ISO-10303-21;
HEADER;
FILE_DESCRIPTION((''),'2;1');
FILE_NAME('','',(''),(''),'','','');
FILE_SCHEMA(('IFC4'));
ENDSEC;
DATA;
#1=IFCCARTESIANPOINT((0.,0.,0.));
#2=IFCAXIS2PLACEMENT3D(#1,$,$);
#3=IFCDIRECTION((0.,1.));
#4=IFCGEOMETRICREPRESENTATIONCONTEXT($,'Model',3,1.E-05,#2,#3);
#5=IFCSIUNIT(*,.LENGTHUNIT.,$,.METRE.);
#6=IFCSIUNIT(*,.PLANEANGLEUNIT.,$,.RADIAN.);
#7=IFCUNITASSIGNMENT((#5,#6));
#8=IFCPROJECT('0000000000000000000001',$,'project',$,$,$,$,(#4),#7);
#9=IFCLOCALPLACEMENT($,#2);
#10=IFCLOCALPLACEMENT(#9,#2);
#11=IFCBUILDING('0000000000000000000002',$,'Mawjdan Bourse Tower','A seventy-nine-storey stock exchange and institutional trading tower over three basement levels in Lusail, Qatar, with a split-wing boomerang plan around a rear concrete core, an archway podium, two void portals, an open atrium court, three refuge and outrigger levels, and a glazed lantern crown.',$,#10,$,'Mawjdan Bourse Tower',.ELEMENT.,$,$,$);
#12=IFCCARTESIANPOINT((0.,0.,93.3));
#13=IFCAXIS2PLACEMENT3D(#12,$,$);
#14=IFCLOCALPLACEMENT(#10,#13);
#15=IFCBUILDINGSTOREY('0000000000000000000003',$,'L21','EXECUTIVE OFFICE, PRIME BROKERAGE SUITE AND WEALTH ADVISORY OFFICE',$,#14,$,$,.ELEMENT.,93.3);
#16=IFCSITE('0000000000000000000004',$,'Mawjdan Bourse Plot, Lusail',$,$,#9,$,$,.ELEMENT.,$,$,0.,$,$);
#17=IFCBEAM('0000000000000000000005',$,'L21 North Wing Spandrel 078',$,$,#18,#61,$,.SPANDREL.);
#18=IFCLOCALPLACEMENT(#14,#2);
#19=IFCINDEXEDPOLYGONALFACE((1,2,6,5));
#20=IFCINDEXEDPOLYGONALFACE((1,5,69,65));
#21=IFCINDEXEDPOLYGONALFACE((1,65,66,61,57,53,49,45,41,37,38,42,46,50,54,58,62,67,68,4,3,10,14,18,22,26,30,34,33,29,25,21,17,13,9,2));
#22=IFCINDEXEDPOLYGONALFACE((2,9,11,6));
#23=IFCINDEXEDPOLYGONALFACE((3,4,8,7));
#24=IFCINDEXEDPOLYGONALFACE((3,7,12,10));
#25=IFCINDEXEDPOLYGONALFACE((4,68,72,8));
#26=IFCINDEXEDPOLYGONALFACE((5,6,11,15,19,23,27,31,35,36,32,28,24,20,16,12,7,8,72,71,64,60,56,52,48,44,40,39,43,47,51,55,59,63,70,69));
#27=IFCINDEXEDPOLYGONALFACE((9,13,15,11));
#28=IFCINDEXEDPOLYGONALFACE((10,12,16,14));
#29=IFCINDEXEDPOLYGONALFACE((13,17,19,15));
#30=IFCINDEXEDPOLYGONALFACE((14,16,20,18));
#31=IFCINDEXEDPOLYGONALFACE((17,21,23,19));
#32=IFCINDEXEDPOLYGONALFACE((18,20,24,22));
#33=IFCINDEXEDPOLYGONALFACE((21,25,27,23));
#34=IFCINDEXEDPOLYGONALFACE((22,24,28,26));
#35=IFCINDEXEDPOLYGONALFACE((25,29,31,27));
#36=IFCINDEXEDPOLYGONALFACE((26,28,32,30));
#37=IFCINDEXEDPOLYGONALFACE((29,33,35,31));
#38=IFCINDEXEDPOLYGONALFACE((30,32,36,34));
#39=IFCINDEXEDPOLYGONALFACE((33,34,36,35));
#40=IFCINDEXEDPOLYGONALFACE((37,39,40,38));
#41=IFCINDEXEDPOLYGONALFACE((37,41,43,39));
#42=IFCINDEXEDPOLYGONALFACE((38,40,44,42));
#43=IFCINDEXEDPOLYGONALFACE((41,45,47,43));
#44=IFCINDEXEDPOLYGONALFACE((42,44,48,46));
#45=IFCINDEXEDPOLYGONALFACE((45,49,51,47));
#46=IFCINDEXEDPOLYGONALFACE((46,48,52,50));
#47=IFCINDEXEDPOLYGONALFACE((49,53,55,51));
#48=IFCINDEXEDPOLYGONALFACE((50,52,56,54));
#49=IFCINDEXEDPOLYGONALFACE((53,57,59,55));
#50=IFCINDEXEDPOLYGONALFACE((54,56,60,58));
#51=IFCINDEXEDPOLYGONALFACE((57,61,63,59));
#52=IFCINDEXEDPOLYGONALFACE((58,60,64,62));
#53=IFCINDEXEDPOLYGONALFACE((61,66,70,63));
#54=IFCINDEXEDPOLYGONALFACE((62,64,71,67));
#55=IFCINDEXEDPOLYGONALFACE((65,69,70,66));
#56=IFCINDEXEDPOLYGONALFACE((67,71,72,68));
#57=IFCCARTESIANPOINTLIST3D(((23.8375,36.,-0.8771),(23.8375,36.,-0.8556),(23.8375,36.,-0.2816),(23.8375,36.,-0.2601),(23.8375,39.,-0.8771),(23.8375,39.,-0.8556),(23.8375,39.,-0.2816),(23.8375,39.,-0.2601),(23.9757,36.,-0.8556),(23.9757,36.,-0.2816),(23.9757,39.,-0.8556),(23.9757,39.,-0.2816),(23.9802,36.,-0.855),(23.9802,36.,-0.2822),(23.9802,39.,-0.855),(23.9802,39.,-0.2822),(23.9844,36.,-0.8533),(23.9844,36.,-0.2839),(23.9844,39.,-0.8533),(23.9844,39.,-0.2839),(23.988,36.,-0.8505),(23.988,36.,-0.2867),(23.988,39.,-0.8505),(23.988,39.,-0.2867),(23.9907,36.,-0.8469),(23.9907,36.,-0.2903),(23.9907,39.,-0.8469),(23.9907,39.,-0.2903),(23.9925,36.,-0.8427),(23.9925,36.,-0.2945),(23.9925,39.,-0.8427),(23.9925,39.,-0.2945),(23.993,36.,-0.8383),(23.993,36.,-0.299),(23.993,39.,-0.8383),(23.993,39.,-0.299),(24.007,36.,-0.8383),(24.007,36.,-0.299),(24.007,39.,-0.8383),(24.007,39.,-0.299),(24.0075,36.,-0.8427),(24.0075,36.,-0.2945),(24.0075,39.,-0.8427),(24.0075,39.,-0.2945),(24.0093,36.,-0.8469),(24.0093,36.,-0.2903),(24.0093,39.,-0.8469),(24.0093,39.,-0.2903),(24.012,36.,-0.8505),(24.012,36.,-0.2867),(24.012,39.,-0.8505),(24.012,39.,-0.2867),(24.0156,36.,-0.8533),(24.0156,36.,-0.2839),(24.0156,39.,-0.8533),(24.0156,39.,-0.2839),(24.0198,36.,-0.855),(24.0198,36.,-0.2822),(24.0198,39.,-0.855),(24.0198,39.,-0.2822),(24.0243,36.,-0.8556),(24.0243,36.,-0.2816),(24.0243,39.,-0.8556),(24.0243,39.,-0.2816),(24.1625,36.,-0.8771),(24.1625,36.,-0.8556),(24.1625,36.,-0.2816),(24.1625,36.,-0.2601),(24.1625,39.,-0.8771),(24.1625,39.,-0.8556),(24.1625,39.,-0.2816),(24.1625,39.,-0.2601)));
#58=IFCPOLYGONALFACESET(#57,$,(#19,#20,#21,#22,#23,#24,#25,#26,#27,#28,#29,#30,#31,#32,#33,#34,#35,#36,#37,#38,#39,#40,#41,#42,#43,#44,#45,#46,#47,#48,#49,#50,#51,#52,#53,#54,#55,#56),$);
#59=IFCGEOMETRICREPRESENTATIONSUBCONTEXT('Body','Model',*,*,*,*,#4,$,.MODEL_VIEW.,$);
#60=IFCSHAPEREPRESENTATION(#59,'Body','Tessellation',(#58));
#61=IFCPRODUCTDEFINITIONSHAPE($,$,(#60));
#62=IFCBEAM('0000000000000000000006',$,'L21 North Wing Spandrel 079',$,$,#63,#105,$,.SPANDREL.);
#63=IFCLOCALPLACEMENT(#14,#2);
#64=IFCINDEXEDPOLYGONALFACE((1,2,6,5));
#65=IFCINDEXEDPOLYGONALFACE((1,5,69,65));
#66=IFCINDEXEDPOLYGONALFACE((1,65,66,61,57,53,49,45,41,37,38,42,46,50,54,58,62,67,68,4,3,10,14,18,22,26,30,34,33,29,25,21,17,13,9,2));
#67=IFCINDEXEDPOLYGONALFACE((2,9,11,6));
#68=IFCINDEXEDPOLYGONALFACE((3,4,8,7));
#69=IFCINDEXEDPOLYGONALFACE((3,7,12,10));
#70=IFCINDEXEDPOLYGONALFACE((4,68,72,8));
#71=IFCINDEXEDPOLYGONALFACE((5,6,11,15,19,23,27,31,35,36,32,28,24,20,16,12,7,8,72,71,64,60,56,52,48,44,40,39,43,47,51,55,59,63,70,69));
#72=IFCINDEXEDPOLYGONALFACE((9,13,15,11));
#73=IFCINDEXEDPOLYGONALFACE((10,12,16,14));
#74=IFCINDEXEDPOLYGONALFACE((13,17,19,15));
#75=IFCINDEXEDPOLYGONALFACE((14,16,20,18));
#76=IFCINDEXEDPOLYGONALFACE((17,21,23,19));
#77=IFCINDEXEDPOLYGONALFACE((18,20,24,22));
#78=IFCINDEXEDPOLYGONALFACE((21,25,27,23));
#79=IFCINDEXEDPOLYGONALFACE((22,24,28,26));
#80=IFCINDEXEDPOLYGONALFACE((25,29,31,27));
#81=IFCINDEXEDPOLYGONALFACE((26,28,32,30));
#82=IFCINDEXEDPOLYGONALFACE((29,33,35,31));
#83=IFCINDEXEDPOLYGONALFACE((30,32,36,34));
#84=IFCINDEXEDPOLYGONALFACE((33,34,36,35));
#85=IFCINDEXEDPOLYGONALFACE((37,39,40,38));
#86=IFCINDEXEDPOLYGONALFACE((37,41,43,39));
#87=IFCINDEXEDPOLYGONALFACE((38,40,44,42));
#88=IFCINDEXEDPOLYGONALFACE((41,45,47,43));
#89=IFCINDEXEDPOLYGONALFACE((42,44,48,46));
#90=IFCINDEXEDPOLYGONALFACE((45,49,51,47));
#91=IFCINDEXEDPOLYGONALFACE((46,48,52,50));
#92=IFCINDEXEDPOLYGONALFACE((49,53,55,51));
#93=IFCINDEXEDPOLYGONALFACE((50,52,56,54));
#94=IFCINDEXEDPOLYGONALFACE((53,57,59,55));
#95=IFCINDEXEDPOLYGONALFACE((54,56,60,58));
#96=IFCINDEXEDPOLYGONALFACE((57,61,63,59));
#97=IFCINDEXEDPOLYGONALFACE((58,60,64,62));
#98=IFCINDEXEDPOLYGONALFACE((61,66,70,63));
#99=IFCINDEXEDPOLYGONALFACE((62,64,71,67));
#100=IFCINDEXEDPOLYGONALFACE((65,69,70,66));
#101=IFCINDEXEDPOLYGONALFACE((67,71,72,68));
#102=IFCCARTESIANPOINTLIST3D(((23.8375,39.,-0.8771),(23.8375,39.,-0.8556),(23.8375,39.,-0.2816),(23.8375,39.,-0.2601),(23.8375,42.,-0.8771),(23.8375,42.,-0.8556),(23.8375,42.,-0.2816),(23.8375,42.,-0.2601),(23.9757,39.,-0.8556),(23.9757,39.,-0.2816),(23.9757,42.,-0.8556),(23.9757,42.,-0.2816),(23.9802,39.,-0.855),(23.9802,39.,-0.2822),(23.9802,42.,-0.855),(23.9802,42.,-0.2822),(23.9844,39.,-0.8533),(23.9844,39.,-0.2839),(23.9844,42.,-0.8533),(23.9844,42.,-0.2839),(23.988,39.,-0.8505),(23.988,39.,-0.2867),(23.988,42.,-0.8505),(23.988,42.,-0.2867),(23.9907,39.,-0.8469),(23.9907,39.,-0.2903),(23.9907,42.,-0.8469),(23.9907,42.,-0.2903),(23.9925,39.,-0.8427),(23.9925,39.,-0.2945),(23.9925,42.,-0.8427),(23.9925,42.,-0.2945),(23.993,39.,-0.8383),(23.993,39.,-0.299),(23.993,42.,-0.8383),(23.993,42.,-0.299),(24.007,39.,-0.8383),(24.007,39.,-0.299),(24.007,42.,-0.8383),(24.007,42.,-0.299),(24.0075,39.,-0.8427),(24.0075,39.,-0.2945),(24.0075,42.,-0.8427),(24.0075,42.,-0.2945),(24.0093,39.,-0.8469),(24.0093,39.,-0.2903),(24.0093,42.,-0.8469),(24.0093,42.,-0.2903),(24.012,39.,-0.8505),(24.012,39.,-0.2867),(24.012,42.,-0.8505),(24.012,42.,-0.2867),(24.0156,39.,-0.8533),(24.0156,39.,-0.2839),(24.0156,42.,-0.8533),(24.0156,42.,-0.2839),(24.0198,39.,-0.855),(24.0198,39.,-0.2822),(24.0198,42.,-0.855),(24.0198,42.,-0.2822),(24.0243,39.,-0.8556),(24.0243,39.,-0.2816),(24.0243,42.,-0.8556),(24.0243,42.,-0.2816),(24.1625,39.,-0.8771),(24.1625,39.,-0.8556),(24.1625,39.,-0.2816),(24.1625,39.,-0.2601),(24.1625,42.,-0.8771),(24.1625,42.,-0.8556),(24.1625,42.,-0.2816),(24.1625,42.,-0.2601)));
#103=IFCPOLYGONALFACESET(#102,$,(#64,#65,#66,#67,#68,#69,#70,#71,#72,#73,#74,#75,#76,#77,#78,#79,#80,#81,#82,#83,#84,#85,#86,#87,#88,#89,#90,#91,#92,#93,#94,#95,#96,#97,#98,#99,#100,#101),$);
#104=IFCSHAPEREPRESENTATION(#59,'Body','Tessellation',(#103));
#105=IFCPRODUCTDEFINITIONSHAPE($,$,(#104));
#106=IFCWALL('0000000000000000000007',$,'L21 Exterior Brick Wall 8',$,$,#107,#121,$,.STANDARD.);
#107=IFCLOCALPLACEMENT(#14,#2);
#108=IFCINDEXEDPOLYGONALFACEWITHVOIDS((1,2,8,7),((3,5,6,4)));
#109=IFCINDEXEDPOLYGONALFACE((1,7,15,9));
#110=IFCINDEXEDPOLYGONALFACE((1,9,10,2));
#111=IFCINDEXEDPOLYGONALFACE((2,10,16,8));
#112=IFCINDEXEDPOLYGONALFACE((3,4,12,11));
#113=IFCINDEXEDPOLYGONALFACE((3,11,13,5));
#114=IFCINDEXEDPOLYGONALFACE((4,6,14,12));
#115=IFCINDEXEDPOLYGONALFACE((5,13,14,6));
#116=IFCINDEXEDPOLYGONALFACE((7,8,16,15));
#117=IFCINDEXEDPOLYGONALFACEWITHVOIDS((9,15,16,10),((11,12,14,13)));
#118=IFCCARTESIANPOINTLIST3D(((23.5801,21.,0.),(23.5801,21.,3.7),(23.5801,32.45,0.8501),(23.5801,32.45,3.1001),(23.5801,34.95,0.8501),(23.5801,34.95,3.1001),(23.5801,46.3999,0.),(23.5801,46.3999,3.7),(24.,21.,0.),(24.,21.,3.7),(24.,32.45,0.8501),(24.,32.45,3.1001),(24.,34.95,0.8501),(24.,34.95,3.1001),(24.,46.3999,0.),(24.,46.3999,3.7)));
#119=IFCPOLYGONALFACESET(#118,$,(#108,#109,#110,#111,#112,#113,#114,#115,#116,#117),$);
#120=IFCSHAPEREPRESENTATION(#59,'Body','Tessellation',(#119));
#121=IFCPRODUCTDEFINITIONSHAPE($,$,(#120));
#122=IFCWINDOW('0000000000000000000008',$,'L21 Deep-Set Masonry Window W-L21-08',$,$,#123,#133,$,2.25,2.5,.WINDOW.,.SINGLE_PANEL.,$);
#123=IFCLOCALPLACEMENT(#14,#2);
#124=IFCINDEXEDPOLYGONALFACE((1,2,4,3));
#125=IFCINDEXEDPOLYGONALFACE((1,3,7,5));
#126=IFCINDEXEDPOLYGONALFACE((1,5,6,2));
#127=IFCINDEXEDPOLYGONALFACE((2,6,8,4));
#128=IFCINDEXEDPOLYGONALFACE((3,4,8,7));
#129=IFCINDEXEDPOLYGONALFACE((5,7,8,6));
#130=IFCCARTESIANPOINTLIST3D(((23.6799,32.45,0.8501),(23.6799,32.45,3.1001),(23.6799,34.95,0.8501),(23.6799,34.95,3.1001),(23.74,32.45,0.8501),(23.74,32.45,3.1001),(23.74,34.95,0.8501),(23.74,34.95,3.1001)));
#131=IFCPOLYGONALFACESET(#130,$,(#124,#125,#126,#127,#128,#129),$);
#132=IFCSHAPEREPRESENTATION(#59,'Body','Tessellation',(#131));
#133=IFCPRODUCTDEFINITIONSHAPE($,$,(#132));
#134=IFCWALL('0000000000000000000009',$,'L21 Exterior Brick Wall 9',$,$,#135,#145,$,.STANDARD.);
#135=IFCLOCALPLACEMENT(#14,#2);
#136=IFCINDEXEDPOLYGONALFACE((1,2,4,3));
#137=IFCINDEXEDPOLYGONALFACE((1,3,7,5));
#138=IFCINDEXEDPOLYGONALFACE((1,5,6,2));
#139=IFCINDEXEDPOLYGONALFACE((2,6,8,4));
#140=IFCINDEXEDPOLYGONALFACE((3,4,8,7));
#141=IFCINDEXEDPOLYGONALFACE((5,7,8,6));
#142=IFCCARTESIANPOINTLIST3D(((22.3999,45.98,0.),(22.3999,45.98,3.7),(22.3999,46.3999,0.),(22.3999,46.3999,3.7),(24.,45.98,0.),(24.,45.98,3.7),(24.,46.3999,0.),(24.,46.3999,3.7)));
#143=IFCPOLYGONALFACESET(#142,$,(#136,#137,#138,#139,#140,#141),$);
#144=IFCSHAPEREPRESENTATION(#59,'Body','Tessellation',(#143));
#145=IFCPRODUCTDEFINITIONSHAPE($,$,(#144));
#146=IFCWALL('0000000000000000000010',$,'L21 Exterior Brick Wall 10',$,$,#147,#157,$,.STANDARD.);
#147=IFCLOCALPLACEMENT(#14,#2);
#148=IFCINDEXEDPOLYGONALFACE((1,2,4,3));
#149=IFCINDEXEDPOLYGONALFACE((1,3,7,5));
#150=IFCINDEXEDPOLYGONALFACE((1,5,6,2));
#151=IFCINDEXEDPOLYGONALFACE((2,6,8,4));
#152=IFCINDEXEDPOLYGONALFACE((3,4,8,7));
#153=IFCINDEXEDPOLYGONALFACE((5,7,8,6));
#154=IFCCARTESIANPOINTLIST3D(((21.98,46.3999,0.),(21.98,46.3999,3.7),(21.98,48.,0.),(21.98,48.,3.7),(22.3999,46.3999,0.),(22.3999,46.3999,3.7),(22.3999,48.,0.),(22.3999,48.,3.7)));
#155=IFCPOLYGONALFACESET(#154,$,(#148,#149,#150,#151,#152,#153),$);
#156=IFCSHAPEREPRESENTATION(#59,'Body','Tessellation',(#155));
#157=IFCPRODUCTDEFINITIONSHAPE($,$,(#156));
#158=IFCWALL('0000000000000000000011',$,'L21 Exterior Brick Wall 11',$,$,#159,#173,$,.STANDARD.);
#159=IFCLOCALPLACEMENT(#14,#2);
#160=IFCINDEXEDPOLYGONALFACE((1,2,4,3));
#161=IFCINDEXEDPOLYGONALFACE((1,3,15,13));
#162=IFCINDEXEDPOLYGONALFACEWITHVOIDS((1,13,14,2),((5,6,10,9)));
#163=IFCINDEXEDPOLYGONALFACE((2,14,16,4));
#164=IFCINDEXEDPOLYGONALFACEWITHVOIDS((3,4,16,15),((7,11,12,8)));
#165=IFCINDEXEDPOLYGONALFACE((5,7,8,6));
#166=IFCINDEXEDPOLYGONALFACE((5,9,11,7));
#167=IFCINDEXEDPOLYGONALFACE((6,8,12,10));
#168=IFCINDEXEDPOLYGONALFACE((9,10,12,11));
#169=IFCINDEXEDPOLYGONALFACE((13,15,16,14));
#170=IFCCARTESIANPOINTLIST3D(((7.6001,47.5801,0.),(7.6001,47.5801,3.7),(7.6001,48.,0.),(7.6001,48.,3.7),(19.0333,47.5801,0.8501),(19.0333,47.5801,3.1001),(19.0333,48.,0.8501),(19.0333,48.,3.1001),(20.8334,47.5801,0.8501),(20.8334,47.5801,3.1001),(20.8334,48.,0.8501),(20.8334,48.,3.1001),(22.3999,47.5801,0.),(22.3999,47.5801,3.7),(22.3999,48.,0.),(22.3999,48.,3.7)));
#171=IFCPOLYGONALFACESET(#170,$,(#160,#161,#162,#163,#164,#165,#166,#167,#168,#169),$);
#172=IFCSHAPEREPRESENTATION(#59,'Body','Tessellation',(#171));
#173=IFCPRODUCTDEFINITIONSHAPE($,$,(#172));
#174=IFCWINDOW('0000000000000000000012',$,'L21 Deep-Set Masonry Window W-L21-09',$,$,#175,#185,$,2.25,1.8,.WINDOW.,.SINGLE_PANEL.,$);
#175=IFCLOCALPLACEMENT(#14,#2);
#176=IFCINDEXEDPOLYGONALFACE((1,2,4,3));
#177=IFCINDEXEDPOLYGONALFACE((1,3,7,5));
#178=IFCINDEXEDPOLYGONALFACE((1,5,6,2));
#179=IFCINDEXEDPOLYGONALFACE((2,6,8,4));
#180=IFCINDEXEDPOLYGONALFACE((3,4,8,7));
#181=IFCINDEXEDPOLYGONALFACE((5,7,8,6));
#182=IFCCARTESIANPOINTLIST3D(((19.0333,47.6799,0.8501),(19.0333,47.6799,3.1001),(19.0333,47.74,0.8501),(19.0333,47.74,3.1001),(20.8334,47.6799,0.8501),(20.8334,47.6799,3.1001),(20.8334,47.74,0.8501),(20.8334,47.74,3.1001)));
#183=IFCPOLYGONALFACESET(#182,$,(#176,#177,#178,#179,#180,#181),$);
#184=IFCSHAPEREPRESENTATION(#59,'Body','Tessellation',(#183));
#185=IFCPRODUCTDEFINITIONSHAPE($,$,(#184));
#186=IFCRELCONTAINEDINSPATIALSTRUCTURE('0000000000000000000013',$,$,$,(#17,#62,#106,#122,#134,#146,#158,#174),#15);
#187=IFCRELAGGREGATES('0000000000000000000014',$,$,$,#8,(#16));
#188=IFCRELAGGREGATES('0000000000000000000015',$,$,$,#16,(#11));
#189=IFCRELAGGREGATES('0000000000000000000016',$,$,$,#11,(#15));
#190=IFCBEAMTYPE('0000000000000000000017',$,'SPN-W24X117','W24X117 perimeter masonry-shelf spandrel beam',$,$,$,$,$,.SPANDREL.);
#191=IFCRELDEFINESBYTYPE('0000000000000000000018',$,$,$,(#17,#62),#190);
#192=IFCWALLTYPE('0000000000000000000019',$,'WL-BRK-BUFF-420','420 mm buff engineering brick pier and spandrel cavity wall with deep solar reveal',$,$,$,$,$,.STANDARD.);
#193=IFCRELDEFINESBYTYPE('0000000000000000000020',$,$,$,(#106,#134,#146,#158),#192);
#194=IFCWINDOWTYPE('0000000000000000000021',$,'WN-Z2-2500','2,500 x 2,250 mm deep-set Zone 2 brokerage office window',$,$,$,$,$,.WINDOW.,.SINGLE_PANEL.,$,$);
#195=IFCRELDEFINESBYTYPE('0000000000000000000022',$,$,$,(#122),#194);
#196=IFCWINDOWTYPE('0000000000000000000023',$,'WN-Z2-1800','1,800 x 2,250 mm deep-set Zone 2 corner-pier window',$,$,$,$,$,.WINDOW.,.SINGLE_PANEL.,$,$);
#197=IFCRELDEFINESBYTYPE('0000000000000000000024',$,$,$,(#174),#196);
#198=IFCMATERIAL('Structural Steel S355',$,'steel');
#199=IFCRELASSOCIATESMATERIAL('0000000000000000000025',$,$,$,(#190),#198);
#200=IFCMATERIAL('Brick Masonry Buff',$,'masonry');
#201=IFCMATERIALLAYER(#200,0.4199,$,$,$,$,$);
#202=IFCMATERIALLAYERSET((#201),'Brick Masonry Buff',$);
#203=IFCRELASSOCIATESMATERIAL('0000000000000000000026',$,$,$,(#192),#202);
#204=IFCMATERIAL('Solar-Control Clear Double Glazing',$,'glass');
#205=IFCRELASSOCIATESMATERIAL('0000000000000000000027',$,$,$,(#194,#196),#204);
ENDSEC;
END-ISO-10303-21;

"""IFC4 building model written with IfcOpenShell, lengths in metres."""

from ifc_helpers import new_model, si_unit, direction, frame, frame_2d, origin, origin_2d, place, context, subcontext, project, spatial, rectangle, i_section, extrude, material, layer, layer_set, material_profile, profile_set, type_object, element, fill, save


model = new_model("IFC4")

# Units and contexts
model_context = context("Model", 3, precision=1e-05, world=origin(), true_north=direction((0.0, 1.0)))
body_context = subcontext(model_context, "Body", "Model", "MODEL_VIEW")
ifc_project = project(units=[si_unit("LENGTHUNIT", "METRE"), si_unit("PLANEANGLEUNIT", "RADIAN")], contexts=[model_context])

# Site, building, storey
site_placement = place(None, origin())
site = spatial("IfcSite", under=ifc_project, at=site_placement, Name="Mawjdan Bourse Plot, Lusail", CompositionType="ELEMENT", RefElevation=0.0)
building_placement = place(site_placement, origin())
building = spatial("IfcBuilding", under=site, at=building_placement, Name="Mawjdan Bourse Tower", Description="A seventy-nine-storey stock exchange and institutional trading tower over three basement levels in Lusail, Qatar, with a split-wing boomerang plan around a rear concrete core, an archway podium, two void portals, an open atrium court, three refuge and outrigger levels, and a glazed lantern crown.", LongName="Mawjdan Bourse Tower", CompositionType="ELEMENT")
storey_placement = place(building_placement, frame((0.0, 0.0, 93.3)))
storey = spatial("IfcBuildingStorey", under=building, at=storey_placement, Name="L21", Description="EXECUTIVE OFFICE, PRIME BROKERAGE SUITE AND WEALTH ADVISORY OFFICE", CompositionType="ELEMENT", Elevation=93.3)

# Beams
ifc_material_1 = material(Name="Structural Steel S355", Category="steel")
ifc_material_profile_1 = material_profile(ifc_material_1, i_section(OverallWidth=0.325, OverallDepth=0.6169, WebThickness=0.0139, FlangeThickness=0.0215, FilletRadius=0.0173, at=origin_2d()), Name="W24X117")
ifc_profile_set_1 = profile_set([ifc_material_profile_1], Name="Structural Steel S355")
beam_type_1 = type_object("IfcBeamType", Name="SPN-W24X117", Description="W24X117 perimeter masonry-shelf spandrel beam", PredefinedType="SPANDREL", material=ifc_profile_set_1)
for number, where, z_axis, x_axis, name in (
    (1, (24.0, 36.0, -0.5686), (0.0, 1.0, 0.0), (-1.0, 0.0, 0.0), "L21 North Wing Spandrel 078"),
    (2, (24.0, 39.0, -0.5686), (0.0, 1.0, 0.0), (-1.0, 0.0, 0.0), "L21 North Wing Spandrel 079"),
):
    element("IfcBeam", number, at=place(storey_placement, frame(where, z_axis=z_axis, x_axis=x_axis)), inside=storey, type_object=beam_type_1, Name=name, PredefinedType="SPANDREL", context=body_context, shape_type="SweptSolid", body=[
        extrude(i_section(OverallWidth=0.325, OverallDepth=0.6169, WebThickness=0.0139, FlangeThickness=0.0215, FilletRadius=0.0173, at=origin_2d()), origin(), (0.0, 0.0, 1.0), 3.0),
    ])

# Wall, opening, window
ifc_material_2 = material(Name="Brick Masonry Buff", Category="masonry")
ifc_layer_1 = layer(ifc_material_2, 0.4199)
ifc_layer_set_1 = layer_set([ifc_layer_1], Name="Brick Masonry Buff")
wall_type_1 = type_object("IfcWallType", Name="WL-BRK-BUFF-420", Description="420 mm buff engineering brick pier and spandrel cavity wall with deep solar reveal", PredefinedType="STANDARD", material=ifc_layer_set_1)
wall_1_placement = place(storey_placement, frame((23.79, 21.0, 0.0), z_axis=(0.0, 0.0, 1.0), x_axis=(0.0, 1.0, 0.0)))
wall_1 = element("IfcWall", 3, at=wall_1_placement, inside=storey, type_object=wall_type_1, Name="L21 Exterior Brick Wall 8", PredefinedType="STANDARD", context=body_context, shape_type="SweptSolid", body=[
    extrude(rectangle(XDim=25.3999, YDim=0.4199, at=frame_2d((12.7, 0.0))), origin(), (0.0, 0.0, 1.0), 3.7),
])
opening_1_placement = place(wall_1_placement, frame((11.45, 0.0, 0.8501)))
opening_1 = element("IfcOpeningElement", 4, at=opening_1_placement, cuts=wall_1, PredefinedType="OPENING", context=body_context, shape_type="SweptSolid", body=[
    extrude(rectangle(XDim=2.5, YDim=2.25, at=frame_2d((1.25, 1.125))), frame((0.0, 0.22, 0.0), z_axis=(0.0, -1.0, 0.0), x_axis=(1.0, 0.0, 0.0)), (0.0, 0.0, 1.0), 0.4399),
])
ifc_material_3 = material(Name="Solar-Control Clear Double Glazing", Category="glass")
window_type_1 = type_object("IfcWindowType", Name="WN-Z2-2500", Description="2,500 x 2,250 mm deep-set Zone 2 brokerage office window", PartitioningType="SINGLE_PANEL", PredefinedType="WINDOW", material=ifc_material_3)
window_1_placement = place(opening_1_placement, origin())
window_1 = element("IfcWindow", 5, at=window_1_placement, inside=storey, type_object=window_type_1, Name="L21 Deep-Set Masonry Window W-L21-08", OverallHeight=2.25, OverallWidth=2.5, PartitioningType="SINGLE_PANEL", PredefinedType="WINDOW", context=body_context, shape_type="SweptSolid", body=[
    extrude(rectangle(XDim=2.5, YDim=2.25, at=frame_2d((1.25, 1.125))), frame((0.0, 0.1101, 0.0), z_axis=(0.0, -1.0, 0.0), x_axis=(1.0, 0.0, 0.0)), (0.0, 0.0, 1.0), 0.0601),
])
fill(opening_1, window_1)

# Walls
for number, where, z_axis, x_axis, name in (
    (6, (24.0, 46.1899, 0.0), (0.0, 0.0, 1.0), (-1.0, 0.0, 0.0), "L21 Exterior Brick Wall 9"),
    (7, (22.1899, 46.3999, 0.0), (0.0, 0.0, 1.0), (0.0, 1.0, 0.0), "L21 Exterior Brick Wall 10"),
):
    element("IfcWall", number, at=place(storey_placement, frame(where, z_axis=z_axis, x_axis=x_axis)), inside=storey, type_object=wall_type_1, Name=name, PredefinedType="STANDARD", context=body_context, shape_type="SweptSolid", body=[
        extrude(rectangle(XDim=1.6001, YDim=0.4199, at=frame_2d((0.8, 0.0))), origin(), (0.0, 0.0, 1.0), 3.7),
    ])

# Wall, opening, window
wall_2_placement = place(storey_placement, frame((22.3999, 47.79, 0.0), z_axis=(0.0, 0.0, 1.0), x_axis=(-1.0, 0.0, 0.0)))
wall_2 = element("IfcWall", 8, at=wall_2_placement, inside=storey, type_object=wall_type_1, Name="L21 Exterior Brick Wall 11", PredefinedType="STANDARD", context=body_context, shape_type="SweptSolid", body=[
    extrude(rectangle(XDim=14.7998, YDim=0.4199, at=frame_2d((7.3999, 0.0))), origin(), (0.0, 0.0, 1.0), 3.7),
])
opening_2_placement = place(wall_2_placement, frame((1.5667, 0.0, 0.8501)))
opening_2 = element("IfcOpeningElement", 9, at=opening_2_placement, cuts=wall_2, PredefinedType="OPENING", context=body_context, shape_type="SweptSolid", body=[
    extrude(rectangle(XDim=1.8, YDim=2.25, at=frame_2d((0.8999, 1.125))), frame((0.0, 0.22, 0.0), z_axis=(0.0, -1.0, 0.0), x_axis=(1.0, 0.0, 0.0)), (0.0, 0.0, 1.0), 0.4399),
])
window_type_2 = type_object("IfcWindowType", Name="WN-Z2-1800", Description="1,800 x 2,250 mm deep-set Zone 2 corner-pier window", PartitioningType="SINGLE_PANEL", PredefinedType="WINDOW", material=ifc_material_3)
window_2_placement = place(opening_2_placement, origin())
window_2 = element("IfcWindow", 10, at=window_2_placement, inside=storey, type_object=window_type_2, Name="L21 Deep-Set Masonry Window W-L21-09", OverallHeight=2.25, OverallWidth=1.8, PartitioningType="SINGLE_PANEL", PredefinedType="WINDOW", context=body_context, shape_type="SweptSolid", body=[
    extrude(rectangle(XDim=1.8, YDim=2.25, at=frame_2d((0.8999, 1.125))), frame((0.0, 0.1101, 0.0), z_axis=(0.0, -1.0, 0.0), x_axis=(1.0, 0.0, 0.0)), (0.0, 0.0, 1.0), 0.0601),
])
fill(opening_2, window_2)

save(model, "model.ifc")
